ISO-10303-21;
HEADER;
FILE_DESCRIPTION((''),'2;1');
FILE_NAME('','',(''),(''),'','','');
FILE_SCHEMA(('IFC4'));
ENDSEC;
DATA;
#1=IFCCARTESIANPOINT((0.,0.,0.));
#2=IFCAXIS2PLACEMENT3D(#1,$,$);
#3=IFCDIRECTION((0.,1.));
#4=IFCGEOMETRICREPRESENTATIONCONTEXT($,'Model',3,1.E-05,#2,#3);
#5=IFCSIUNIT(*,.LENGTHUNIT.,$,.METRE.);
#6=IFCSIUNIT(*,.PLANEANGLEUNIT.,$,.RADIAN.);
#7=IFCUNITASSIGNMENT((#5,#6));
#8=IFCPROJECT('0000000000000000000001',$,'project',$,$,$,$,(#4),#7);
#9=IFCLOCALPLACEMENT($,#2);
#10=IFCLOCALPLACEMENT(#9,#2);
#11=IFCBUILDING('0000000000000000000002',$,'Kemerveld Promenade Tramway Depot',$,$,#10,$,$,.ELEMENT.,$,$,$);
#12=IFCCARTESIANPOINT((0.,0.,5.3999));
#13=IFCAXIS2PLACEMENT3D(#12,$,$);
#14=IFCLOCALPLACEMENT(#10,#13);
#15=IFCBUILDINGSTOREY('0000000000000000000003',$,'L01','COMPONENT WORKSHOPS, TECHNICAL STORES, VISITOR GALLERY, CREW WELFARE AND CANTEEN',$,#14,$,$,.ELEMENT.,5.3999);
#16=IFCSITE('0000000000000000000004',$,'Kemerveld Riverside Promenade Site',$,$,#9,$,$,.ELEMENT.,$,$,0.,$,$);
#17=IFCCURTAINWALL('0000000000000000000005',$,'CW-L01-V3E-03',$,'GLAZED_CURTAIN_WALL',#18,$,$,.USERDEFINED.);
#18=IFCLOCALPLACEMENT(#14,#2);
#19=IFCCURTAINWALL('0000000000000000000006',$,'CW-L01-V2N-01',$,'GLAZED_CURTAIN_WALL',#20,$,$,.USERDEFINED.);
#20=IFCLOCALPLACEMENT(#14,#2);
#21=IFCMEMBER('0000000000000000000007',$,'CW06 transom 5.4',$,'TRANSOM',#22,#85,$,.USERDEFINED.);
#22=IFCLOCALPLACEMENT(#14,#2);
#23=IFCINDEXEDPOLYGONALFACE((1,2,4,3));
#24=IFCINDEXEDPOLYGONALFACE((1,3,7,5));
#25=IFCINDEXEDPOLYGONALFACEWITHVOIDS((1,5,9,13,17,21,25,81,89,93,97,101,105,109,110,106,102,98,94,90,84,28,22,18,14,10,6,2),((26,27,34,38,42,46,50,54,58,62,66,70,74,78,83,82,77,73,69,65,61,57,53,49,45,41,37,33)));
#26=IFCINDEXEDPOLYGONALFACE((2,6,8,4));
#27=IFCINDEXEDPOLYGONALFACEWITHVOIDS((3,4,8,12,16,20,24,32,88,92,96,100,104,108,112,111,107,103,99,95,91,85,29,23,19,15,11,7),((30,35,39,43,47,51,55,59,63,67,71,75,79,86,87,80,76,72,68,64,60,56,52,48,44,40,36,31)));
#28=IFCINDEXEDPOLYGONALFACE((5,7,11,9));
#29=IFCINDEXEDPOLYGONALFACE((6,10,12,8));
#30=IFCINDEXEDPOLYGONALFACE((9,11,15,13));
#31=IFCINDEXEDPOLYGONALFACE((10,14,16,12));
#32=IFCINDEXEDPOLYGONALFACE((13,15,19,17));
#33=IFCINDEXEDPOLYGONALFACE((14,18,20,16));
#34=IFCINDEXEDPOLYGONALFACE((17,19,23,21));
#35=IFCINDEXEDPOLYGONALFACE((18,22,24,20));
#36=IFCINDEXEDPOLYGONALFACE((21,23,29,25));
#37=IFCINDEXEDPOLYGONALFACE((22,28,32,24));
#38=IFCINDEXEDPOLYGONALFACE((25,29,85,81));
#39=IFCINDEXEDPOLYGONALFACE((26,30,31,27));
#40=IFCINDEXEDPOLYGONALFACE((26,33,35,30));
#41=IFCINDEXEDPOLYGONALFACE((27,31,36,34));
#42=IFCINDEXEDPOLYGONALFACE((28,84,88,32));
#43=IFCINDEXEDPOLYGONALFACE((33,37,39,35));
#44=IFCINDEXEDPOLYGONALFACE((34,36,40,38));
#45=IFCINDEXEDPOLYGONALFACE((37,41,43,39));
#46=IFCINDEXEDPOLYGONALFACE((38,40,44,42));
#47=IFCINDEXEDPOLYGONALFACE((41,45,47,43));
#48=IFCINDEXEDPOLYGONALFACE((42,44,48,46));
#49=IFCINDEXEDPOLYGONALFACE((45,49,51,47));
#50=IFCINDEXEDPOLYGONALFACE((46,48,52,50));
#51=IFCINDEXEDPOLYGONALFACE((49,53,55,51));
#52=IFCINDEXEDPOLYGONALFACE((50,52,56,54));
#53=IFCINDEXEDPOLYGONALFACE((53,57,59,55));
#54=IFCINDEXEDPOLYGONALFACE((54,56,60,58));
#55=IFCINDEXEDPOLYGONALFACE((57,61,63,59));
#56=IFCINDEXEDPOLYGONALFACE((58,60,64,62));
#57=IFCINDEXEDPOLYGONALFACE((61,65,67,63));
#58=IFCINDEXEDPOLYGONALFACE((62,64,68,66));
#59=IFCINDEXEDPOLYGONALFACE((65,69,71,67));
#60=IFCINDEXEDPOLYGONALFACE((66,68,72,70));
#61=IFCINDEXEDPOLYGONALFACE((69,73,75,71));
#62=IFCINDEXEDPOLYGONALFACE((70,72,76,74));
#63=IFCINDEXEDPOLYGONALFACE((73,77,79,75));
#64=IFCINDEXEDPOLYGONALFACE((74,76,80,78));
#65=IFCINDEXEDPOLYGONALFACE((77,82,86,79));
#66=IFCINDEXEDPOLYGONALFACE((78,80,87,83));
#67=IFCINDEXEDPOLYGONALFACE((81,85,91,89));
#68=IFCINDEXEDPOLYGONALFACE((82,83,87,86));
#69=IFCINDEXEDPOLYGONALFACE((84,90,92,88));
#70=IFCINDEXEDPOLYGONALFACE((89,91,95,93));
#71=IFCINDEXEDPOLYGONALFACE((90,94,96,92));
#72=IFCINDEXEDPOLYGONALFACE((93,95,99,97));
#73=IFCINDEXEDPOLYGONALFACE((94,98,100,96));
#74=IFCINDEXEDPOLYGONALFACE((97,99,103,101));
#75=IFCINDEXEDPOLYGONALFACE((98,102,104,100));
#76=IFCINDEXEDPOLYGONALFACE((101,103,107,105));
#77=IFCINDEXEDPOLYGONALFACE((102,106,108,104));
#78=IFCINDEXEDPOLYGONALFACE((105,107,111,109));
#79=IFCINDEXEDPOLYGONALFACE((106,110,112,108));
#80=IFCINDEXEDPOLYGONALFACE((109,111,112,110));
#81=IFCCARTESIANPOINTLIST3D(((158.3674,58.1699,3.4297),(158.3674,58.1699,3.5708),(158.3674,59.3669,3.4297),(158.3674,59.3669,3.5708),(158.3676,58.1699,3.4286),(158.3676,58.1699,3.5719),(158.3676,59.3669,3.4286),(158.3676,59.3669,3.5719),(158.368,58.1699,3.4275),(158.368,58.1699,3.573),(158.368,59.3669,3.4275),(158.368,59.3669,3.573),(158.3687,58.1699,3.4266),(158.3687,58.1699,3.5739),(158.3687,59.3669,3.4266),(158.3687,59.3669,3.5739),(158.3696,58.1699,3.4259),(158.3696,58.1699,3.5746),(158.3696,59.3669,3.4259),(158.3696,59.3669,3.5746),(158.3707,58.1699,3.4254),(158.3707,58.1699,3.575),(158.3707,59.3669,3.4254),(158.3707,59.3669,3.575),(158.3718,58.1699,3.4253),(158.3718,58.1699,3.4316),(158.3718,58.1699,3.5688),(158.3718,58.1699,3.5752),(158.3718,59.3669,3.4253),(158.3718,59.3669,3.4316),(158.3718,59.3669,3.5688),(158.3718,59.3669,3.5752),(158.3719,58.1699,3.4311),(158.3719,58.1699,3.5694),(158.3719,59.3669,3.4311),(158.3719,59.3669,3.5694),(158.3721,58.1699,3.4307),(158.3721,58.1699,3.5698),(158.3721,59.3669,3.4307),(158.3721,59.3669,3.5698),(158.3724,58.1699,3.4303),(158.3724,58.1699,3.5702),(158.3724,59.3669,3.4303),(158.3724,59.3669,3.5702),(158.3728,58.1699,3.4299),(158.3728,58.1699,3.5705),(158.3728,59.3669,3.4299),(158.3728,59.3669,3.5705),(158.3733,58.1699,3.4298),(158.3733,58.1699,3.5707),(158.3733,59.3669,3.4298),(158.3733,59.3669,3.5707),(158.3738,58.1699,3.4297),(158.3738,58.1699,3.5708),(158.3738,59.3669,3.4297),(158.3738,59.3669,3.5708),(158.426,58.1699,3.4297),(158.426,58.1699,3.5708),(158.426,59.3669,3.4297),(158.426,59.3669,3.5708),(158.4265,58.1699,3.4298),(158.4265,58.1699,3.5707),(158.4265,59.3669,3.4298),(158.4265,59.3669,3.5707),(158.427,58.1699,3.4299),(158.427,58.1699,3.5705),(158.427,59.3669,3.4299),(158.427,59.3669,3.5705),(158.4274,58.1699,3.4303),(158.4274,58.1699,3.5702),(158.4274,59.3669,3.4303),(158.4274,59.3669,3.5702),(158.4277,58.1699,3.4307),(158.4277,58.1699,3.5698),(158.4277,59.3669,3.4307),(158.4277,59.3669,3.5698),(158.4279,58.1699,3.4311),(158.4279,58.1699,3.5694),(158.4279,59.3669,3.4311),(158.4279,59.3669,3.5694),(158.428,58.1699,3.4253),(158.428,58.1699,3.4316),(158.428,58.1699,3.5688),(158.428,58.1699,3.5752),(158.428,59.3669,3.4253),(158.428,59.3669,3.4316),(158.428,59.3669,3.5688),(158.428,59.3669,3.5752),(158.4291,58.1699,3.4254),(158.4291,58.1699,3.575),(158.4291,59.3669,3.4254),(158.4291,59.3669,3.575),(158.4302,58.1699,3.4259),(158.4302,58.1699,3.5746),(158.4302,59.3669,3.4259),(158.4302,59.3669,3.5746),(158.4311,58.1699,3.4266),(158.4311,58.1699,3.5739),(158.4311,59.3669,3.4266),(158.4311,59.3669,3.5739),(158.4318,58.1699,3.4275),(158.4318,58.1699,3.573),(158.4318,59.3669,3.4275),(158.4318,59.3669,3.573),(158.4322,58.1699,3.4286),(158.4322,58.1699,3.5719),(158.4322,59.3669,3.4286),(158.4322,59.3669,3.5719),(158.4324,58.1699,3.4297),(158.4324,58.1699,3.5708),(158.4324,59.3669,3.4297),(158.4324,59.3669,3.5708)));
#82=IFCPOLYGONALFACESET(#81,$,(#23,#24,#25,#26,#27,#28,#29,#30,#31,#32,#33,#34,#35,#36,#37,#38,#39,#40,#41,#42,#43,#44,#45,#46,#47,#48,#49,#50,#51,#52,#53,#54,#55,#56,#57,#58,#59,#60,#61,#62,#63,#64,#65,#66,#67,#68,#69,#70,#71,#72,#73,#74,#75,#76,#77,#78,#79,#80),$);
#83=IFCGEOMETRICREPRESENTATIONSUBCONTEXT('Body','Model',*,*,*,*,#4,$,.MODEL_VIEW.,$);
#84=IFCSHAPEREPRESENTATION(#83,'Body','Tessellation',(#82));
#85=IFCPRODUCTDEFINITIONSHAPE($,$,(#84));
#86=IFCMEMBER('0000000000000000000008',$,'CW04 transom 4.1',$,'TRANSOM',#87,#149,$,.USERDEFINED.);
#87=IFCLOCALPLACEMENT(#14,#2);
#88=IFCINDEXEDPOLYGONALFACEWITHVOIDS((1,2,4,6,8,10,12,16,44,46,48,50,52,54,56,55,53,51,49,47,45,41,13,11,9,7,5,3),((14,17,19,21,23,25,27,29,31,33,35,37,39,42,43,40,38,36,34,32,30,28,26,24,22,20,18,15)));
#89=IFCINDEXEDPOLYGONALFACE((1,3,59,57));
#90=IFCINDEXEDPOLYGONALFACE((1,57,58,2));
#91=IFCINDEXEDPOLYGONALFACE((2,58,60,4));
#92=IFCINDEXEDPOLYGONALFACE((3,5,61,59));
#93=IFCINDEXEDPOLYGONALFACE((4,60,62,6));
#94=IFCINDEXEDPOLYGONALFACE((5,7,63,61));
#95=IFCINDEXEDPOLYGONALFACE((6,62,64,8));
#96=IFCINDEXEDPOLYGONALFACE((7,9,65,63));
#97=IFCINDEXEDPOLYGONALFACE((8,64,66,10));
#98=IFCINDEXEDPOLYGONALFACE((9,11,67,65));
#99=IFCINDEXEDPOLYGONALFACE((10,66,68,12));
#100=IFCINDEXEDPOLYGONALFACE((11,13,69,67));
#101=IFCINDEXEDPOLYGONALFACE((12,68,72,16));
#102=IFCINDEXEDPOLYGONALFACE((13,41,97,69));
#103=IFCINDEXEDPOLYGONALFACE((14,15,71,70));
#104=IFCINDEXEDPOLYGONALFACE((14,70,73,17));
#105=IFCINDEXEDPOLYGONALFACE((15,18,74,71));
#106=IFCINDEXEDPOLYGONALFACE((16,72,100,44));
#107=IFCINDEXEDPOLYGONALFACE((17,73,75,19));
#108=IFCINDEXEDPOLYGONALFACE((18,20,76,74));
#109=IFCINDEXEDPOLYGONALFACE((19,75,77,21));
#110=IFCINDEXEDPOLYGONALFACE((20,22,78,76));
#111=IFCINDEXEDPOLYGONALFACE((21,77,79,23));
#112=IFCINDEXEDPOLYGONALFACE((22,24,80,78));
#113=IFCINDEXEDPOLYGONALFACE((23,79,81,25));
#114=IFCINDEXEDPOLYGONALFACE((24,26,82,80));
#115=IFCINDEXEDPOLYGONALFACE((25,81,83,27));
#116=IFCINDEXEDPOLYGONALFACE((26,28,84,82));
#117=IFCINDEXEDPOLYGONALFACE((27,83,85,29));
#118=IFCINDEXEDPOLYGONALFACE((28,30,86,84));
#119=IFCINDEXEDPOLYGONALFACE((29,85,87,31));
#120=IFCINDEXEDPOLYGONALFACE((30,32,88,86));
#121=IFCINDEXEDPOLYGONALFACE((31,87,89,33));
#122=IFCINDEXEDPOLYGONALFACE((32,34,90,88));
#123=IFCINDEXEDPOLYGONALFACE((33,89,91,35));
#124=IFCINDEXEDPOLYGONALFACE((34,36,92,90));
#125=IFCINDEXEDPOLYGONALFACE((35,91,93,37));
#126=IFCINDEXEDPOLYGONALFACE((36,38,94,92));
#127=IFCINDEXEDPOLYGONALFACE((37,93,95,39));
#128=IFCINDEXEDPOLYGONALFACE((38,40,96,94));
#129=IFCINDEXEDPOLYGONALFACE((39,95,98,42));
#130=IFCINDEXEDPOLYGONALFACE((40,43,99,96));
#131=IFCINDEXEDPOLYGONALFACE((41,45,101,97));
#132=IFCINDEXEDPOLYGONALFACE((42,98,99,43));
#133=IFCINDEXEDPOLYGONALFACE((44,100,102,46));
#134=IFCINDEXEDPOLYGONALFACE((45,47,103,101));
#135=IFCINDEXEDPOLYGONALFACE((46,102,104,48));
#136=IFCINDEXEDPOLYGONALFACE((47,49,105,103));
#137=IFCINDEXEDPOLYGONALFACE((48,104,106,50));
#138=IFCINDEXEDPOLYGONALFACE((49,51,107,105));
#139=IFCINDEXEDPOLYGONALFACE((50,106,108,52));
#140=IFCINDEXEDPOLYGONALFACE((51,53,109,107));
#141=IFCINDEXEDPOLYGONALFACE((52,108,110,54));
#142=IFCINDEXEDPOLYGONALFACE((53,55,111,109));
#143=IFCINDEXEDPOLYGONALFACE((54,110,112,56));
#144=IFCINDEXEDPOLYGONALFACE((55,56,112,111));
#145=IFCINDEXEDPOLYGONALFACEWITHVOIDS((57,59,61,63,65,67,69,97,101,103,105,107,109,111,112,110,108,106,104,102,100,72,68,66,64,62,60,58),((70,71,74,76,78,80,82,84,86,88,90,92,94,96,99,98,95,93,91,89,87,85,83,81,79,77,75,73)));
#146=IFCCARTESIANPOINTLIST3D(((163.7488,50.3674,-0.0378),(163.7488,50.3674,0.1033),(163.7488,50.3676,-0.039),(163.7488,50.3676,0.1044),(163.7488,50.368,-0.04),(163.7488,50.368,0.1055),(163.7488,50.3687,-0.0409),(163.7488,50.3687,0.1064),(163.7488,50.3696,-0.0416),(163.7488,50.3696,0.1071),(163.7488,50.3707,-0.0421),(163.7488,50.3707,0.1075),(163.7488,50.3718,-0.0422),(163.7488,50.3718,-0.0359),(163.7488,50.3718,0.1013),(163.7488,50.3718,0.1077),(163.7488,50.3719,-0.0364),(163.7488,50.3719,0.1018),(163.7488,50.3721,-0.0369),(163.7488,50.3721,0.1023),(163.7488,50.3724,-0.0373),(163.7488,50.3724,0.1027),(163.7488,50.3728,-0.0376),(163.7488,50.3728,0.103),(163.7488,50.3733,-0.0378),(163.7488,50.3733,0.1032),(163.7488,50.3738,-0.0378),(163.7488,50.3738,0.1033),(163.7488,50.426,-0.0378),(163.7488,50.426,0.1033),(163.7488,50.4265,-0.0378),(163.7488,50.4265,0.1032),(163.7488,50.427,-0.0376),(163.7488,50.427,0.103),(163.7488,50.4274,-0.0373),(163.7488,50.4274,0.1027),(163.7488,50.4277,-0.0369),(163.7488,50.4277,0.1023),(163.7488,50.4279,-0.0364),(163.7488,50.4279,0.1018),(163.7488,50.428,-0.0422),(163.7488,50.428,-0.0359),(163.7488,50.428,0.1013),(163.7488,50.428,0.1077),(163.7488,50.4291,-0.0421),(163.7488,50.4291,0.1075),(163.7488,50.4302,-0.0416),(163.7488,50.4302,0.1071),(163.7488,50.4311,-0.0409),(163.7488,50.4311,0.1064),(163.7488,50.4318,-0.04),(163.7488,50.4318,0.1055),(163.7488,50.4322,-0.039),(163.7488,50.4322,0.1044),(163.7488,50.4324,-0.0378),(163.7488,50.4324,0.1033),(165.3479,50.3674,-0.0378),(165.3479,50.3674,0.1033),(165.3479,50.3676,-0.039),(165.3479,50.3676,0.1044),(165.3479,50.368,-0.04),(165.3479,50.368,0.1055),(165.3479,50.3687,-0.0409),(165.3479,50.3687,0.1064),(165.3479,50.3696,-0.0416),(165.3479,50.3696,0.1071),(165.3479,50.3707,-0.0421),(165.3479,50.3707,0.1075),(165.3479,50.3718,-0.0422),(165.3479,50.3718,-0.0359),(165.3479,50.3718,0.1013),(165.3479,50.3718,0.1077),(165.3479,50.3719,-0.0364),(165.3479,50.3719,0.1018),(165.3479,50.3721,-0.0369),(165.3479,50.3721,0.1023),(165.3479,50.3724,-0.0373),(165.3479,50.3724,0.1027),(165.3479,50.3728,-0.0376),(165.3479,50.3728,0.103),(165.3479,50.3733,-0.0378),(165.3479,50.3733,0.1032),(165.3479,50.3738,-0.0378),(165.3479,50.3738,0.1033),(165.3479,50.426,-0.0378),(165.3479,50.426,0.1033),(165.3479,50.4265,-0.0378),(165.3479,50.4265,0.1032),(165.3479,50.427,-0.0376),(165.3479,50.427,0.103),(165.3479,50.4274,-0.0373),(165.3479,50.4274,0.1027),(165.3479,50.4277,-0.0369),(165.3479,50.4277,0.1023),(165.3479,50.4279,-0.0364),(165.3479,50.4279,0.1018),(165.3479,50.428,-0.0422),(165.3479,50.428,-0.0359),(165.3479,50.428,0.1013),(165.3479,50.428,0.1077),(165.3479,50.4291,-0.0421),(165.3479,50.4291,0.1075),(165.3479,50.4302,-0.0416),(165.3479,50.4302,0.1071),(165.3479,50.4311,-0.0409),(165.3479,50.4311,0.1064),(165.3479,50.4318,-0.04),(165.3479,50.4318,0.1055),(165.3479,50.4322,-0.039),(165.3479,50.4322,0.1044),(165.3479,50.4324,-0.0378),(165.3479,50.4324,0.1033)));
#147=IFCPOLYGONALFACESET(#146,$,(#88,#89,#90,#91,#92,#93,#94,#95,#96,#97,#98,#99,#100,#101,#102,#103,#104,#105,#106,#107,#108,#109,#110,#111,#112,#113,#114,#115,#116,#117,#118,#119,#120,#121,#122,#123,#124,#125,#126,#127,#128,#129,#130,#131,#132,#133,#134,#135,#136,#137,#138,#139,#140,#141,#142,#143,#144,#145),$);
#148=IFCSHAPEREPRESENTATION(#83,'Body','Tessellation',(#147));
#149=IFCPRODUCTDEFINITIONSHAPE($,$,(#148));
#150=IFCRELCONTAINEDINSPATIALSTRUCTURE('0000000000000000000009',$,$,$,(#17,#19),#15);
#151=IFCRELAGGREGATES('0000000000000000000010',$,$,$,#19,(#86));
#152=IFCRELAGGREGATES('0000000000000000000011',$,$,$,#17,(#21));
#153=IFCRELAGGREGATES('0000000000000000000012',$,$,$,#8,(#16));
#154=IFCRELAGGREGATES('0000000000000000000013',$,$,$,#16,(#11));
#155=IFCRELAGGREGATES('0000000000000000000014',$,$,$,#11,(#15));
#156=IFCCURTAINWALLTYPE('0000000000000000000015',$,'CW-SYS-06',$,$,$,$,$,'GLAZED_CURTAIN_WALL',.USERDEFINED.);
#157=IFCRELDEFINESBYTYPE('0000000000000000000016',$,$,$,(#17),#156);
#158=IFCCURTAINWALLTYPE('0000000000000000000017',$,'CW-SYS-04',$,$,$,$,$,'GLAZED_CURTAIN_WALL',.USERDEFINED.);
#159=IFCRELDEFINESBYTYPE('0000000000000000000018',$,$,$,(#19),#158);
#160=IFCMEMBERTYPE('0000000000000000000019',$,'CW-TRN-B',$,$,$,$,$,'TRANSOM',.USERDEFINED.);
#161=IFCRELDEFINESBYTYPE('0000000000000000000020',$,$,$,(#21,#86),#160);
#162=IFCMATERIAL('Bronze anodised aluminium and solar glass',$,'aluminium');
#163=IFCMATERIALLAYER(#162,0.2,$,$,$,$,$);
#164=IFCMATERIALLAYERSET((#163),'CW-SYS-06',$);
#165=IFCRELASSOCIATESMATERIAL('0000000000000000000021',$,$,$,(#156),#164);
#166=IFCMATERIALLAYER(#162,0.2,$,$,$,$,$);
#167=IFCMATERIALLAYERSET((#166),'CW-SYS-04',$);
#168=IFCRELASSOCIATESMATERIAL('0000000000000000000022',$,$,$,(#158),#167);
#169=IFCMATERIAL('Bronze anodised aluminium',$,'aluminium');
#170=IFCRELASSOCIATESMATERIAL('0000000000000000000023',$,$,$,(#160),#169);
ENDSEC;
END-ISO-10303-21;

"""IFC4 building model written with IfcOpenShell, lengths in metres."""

from ifc_helpers import new_model, si_unit, direction, frame, origin, origin_2d, place, context, subcontext, project, spatial, hollow_rectangle, extrude, material, layer, layer_set, material_profile, profile_set, type_object, element, aggregate, save


model = new_model("IFC4")

# Units and contexts
model_context = context("Model", 3, precision=1e-05, world=origin(), true_north=direction((0.0, 1.0)))
body_context = subcontext(model_context, "Body", "Model", "MODEL_VIEW")
ifc_project = project(units=[si_unit("LENGTHUNIT", "METRE"), si_unit("PLANEANGLEUNIT", "RADIAN")], contexts=[model_context])

# Site, building, storey
site_placement = place(None, origin())
site = spatial("IfcSite", under=ifc_project, at=site_placement, Name="Kemerveld Riverside Promenade Site", CompositionType="ELEMENT", RefElevation=0.0)
building_placement = place(site_placement, origin())
building = spatial("IfcBuilding", under=site, at=building_placement, Name="Kemerveld Promenade Tramway Depot", CompositionType="ELEMENT")
storey_placement = place(building_placement, frame((0.0, 0.0, 5.3999)))
storey = spatial("IfcBuildingStorey", under=building, at=storey_placement, Name="L01", Description="COMPONENT WORKSHOPS, TECHNICAL STORES, VISITOR GALLERY, CREW WELFARE AND CANTEEN", CompositionType="ELEMENT", Elevation=5.3999)

# Curtain walls
ifc_material_1 = material(Name="Bronze anodised aluminium and solar glass", Category="aluminium")
ifc_layer_1 = layer(ifc_material_1, 0.2)
ifc_layer_set_1 = layer_set([ifc_layer_1], Name="CW-SYS-06")
curtain_wall_type_1 = type_object("IfcCurtainWallType", Name="CW-SYS-06", ElementType="GLAZED_CURTAIN_WALL", PredefinedType="USERDEFINED", material=ifc_layer_set_1)
curtain_wall_1_placement = place(storey_placement, origin())
curtain_wall_1 = element("IfcCurtainWall", 1, at=curtain_wall_1_placement, inside=storey, type_object=curtain_wall_type_1, Name="CW-L01-V3E-03", ObjectType="GLAZED_CURTAIN_WALL", PredefinedType="USERDEFINED")
ifc_material_2 = material(Name="Bronze anodised aluminium", Category="aluminium")
ifc_layer_2 = layer(ifc_material_1, 0.2)
ifc_layer_set_2 = layer_set([ifc_layer_2], Name="CW-SYS-04")
curtain_wall_type_2 = type_object("IfcCurtainWallType", Name="CW-SYS-04", ElementType="GLAZED_CURTAIN_WALL", PredefinedType="USERDEFINED", material=ifc_layer_set_2)
curtain_wall_2_placement = place(storey_placement, origin())
curtain_wall_2 = element("IfcCurtainWall", 2, at=curtain_wall_2_placement, inside=storey, type_object=curtain_wall_type_2, Name="CW-L01-V2N-01", ObjectType="GLAZED_CURTAIN_WALL", PredefinedType="USERDEFINED")

# Members
ifc_material_profile_1 = material_profile(ifc_material_2, hollow_rectangle(XDim=0.0649, YDim=0.1499, WallThickness=0.0044, InnerFilletRadius=0.002, OuterFilletRadius=0.0044, at=origin_2d()), Name="CW-TRN-150x65")
ifc_profile_set_1 = profile_set([ifc_material_profile_1], Name="Bronze anodised aluminium")
member_type_1 = type_object("IfcMemberType", Name="CW-TRN-B", ElementType="TRANSOM", PredefinedType="USERDEFINED", material=ifc_profile_set_1)
member_1_placement = place(storey_placement, frame((158.3999, 59.3669, 3.5002), z_axis=(0.0, -1.0, 0.0), x_axis=(1.0, 0.0, 0.0)))
member_1 = element("IfcMember", 3, at=member_1_placement, type_object=member_type_1, Name="CW06 transom 5.4", ObjectType="TRANSOM", PredefinedType="USERDEFINED", context=body_context, shape_type="SweptSolid", body=[
    extrude(hollow_rectangle(XDim=0.0649, YDim=0.1499, WallThickness=0.0044, InnerFilletRadius=0.002, OuterFilletRadius=0.0044, at=origin_2d()), origin(), (0.0, 0.0, 1.0), 1.197),
])
member_2_placement = place(storey_placement, frame((163.7488, 50.3999, 0.0327), z_axis=(1.0, 0.0, 0.0), x_axis=(0.0, 1.0, 0.0)))
member_2 = element("IfcMember", 4, at=member_2_placement, type_object=member_type_1, Name="CW04 transom 4.1", ObjectType="TRANSOM", PredefinedType="USERDEFINED", context=body_context, shape_type="SweptSolid", body=[
    extrude(hollow_rectangle(XDim=0.0649, YDim=0.1499, WallThickness=0.0044, InnerFilletRadius=0.002, OuterFilletRadius=0.0044, at=origin_2d()), origin(), (0.0, 0.0, 1.0), 1.5991),
])

aggregate(curtain_wall_2, [member_2])
aggregate(curtain_wall_1, [member_1])

save(model, "model.ifc")
